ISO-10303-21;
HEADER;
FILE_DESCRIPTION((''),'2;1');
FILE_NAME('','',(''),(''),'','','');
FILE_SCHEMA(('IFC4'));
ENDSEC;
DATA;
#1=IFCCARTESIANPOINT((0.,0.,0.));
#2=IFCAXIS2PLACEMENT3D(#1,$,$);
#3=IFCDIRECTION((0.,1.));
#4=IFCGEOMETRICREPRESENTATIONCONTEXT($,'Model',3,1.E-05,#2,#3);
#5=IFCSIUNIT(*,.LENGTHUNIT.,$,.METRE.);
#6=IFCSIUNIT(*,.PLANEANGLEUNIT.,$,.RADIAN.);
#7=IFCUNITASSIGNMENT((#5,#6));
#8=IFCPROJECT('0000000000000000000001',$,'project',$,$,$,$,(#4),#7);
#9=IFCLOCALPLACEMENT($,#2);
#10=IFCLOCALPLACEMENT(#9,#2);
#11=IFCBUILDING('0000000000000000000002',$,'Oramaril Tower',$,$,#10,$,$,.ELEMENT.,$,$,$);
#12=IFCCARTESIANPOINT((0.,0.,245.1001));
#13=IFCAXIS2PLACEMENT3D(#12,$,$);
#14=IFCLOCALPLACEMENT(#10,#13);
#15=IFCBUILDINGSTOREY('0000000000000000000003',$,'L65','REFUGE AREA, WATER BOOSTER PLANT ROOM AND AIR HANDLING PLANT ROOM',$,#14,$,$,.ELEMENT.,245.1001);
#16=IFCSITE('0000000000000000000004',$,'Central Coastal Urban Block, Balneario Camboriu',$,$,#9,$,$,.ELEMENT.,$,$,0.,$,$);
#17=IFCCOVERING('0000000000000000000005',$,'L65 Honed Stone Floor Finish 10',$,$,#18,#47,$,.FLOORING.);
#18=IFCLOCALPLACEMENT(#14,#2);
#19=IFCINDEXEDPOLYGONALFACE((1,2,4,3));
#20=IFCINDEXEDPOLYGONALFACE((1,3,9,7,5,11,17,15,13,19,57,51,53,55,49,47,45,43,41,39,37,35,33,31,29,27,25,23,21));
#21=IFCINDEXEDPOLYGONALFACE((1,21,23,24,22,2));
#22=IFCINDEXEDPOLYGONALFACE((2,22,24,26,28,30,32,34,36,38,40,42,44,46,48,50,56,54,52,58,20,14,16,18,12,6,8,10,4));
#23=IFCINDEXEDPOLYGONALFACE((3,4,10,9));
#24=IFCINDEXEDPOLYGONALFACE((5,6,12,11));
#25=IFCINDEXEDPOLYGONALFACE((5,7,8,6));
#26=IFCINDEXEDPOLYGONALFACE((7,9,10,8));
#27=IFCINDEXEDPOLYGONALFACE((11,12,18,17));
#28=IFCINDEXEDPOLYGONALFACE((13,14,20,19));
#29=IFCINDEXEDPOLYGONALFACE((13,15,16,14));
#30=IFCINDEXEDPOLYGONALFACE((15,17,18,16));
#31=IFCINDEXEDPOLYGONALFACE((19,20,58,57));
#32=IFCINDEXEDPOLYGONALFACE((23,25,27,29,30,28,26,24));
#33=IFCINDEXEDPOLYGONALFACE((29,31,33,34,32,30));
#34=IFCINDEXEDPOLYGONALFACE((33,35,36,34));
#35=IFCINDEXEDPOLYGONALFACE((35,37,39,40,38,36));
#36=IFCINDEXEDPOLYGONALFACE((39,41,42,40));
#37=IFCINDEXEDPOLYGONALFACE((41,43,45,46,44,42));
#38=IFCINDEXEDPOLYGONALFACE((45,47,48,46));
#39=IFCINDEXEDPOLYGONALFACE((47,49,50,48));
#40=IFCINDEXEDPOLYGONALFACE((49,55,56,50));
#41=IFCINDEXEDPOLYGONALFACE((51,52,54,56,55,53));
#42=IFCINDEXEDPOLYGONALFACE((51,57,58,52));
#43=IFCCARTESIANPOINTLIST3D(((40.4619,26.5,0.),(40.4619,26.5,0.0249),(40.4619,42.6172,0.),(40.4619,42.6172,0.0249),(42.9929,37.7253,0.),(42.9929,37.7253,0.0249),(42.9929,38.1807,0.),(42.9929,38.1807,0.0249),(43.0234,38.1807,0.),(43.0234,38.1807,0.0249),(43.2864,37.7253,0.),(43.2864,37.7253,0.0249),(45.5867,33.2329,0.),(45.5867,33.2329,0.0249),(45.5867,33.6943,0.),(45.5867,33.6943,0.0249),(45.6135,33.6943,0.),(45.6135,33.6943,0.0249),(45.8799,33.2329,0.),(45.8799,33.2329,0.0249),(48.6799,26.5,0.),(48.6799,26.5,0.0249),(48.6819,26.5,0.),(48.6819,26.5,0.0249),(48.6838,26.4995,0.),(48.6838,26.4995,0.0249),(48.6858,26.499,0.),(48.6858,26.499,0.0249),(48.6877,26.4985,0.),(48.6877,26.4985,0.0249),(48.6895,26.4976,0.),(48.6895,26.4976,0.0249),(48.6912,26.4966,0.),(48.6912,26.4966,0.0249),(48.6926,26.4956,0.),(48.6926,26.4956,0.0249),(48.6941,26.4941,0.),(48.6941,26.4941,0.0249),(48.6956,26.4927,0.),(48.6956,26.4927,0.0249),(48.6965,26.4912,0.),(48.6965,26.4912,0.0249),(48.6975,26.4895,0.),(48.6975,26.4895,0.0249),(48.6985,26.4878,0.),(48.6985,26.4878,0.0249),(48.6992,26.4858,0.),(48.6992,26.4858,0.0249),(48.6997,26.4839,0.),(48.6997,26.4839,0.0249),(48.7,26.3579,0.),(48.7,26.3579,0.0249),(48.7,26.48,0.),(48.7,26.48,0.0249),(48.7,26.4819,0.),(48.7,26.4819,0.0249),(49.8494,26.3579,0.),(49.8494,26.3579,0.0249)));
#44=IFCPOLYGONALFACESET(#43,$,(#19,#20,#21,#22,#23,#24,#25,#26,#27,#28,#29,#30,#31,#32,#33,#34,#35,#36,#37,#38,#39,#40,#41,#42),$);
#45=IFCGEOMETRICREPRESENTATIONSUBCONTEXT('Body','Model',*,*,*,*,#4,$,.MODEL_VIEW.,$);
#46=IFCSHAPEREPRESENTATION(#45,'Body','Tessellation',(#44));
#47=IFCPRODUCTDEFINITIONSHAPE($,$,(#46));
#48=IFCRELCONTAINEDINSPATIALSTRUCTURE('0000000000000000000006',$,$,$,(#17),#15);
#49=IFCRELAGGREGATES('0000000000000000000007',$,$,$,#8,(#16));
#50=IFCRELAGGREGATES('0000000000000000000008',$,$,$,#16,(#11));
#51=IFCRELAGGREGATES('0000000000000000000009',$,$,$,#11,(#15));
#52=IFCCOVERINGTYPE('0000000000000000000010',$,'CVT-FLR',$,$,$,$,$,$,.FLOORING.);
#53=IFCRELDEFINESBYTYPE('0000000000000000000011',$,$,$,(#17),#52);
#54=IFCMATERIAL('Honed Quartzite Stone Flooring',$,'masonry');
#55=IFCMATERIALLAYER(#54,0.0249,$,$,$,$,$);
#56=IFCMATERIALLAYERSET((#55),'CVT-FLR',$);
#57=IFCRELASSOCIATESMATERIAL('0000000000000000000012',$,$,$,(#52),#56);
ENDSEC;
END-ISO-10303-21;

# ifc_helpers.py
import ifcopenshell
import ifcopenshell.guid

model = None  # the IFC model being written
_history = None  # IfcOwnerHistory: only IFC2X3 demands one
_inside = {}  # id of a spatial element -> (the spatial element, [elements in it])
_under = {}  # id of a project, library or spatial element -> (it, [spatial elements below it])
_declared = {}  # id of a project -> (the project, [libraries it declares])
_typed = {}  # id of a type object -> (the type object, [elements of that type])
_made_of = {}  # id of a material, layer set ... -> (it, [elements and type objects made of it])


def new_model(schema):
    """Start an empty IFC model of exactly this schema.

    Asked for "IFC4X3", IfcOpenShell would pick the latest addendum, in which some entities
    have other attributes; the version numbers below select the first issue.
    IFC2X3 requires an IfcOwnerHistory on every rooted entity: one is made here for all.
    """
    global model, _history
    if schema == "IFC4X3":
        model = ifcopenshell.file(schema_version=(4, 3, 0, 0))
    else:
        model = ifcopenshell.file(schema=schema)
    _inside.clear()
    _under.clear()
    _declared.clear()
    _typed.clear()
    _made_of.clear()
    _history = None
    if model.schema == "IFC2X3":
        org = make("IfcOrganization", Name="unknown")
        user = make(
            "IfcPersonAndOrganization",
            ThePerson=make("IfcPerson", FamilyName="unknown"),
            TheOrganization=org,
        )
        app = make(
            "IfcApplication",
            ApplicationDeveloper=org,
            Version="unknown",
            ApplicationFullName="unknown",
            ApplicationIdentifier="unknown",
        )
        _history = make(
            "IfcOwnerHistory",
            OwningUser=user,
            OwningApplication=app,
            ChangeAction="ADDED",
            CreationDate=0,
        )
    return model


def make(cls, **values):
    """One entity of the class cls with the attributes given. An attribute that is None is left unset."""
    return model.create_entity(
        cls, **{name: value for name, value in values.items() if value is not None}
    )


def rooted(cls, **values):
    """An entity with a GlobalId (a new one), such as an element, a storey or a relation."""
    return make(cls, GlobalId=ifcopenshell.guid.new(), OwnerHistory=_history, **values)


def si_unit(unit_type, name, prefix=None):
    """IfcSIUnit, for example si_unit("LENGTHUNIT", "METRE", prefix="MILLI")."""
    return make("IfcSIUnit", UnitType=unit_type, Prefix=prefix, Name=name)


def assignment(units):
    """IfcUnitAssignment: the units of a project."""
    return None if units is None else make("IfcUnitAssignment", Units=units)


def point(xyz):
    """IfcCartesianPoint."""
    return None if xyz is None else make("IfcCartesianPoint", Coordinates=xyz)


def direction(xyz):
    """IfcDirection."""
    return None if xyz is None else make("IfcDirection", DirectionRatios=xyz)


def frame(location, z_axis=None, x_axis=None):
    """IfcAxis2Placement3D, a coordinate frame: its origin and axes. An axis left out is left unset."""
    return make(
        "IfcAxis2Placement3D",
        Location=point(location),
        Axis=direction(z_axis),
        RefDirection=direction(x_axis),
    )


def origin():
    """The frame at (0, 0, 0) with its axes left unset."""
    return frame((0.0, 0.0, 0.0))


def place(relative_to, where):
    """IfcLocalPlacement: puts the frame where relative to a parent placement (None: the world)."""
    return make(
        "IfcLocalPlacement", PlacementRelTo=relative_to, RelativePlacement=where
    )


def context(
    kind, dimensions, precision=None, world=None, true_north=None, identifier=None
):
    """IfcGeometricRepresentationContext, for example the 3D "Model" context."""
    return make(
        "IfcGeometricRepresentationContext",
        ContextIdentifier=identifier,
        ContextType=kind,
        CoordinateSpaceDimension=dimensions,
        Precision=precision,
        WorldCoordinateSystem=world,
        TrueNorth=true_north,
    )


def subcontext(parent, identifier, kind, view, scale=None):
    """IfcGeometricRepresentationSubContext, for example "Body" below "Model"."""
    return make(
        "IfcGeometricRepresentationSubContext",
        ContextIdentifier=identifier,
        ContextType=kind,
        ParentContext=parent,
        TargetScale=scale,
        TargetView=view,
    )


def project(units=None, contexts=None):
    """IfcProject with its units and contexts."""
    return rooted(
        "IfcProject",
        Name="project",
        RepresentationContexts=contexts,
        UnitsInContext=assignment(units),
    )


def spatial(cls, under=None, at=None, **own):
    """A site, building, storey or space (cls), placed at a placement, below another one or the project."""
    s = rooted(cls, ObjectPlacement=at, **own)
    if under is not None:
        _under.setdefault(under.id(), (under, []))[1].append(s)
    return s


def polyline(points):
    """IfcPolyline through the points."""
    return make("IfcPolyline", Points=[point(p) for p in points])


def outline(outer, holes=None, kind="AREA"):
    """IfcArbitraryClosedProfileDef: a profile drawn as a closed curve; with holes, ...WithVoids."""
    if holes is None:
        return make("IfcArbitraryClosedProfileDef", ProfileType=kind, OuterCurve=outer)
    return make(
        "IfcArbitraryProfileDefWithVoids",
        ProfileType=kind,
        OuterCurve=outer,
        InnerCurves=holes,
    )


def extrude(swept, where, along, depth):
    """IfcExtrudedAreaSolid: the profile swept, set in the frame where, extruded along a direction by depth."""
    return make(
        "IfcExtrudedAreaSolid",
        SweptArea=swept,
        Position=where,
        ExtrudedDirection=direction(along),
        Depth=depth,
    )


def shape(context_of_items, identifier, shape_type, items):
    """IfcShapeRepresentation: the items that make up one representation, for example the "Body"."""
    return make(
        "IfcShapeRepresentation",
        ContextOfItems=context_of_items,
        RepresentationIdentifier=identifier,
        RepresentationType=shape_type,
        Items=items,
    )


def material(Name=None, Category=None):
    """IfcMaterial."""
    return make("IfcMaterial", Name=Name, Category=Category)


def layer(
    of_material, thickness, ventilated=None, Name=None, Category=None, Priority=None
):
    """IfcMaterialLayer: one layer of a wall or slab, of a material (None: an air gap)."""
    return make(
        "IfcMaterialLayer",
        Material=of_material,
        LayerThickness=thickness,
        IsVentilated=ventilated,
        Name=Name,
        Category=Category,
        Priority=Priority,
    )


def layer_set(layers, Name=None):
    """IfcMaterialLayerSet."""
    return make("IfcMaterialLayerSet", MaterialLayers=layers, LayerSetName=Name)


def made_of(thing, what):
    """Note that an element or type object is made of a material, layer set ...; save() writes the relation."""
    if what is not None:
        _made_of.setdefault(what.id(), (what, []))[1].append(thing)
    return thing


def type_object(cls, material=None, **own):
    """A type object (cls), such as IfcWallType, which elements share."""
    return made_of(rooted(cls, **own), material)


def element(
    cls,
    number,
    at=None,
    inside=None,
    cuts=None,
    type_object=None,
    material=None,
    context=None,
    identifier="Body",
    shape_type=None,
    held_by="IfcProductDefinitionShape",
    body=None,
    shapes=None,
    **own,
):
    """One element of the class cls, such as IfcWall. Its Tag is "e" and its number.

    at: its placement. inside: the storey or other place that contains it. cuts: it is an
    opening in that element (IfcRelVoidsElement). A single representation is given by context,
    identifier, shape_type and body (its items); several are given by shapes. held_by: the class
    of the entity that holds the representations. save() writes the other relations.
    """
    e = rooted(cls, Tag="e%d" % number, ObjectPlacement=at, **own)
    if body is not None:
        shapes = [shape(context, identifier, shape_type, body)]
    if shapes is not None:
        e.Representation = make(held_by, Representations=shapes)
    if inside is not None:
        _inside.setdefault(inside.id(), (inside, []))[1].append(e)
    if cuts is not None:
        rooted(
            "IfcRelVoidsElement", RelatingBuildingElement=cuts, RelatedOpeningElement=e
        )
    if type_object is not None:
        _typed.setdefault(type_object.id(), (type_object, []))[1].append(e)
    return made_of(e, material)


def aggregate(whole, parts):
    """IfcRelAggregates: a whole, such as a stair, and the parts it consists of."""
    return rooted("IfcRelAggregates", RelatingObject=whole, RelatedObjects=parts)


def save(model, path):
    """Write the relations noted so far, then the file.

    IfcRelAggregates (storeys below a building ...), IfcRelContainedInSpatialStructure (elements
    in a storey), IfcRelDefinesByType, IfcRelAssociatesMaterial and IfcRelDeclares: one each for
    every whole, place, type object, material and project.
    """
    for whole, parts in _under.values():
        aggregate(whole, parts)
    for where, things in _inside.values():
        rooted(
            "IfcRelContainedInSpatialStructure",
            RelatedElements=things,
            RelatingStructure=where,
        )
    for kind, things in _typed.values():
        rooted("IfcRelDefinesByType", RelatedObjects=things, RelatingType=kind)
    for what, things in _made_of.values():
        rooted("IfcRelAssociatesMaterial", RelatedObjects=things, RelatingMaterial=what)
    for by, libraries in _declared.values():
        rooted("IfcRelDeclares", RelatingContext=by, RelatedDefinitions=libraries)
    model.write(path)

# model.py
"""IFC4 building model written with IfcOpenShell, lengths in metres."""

from ifc_helpers import new_model, si_unit, direction, frame, origin, place, context, subcontext, project, spatial, polyline, outline, extrude, material, layer, layer_set, type_object, element, save


model = new_model("IFC4")

# Units and contexts
model_context = context("Model", 3, precision=1e-05, world=origin(), true_north=direction((0.0, 1.0)))
body_context = subcontext(model_context, "Body", "Model", "MODEL_VIEW")
ifc_project = project(units=[si_unit("LENGTHUNIT", "METRE"), si_unit("PLANEANGLEUNIT", "RADIAN")], contexts=[model_context])

# Site, building, storey
site_placement = place(None, origin())
site = spatial("IfcSite", under=ifc_project, at=site_placement, Name="Central Coastal Urban Block, Balneario Camboriu", CompositionType="ELEMENT", RefElevation=0.0)
building_placement = place(site_placement, origin())
building = spatial("IfcBuilding", under=site, at=building_placement, Name="Oramaril Tower", CompositionType="ELEMENT")
storey_placement = place(building_placement, frame((0.0, 0.0, 245.1001)))
storey = spatial("IfcBuildingStorey", under=building, at=storey_placement, Name="L65", Description="REFUGE AREA, WATER BOOSTER PLANT ROOM AND AIR HANDLING PLANT ROOM", CompositionType="ELEMENT", Elevation=245.1001)

# Covering
ifc_material_1 = material(Name="Honed Quartzite Stone Flooring", Category="masonry")
ifc_layer_1 = layer(ifc_material_1, 0.0249)
ifc_layer_set_1 = layer_set([ifc_layer_1], Name="CVT-FLR")
covering_type_1 = type_object("IfcCoveringType", Name="CVT-FLR", PredefinedType="FLOORING", material=ifc_layer_set_1)
covering_1_placement = place(storey_placement, origin())
element("IfcCovering", 1, at=covering_1_placement, inside=storey, type_object=covering_type_1, Name="L65 Honed Stone Floor Finish 10", PredefinedType="FLOORING", context=body_context, shape_type="SweptSolid", body=[
    extrude(outline(polyline([(43.0234, 38.1807), (42.9929, 38.1807), (42.9929, 37.7253), (43.2864, 37.7253), (45.6135, 33.6943), (45.5867, 33.6943), (45.5867, 33.2329), (45.8799, 33.2329), (49.8494, 26.3579), (48.7, 26.3579), (48.7, 26.48), (48.7, 26.4819), (48.6997, 26.4839), (48.6992, 26.4858), (48.6985, 26.4878), (48.6975, 26.4895), (48.6965, 26.4912), (48.6956, 26.4927), (48.6941, 26.4941), (48.6926, 26.4956), (48.6912, 26.4966), (48.6895, 26.4976), (48.6877, 26.4985), (48.6858, 26.499), (48.6838, 26.4995), (48.6819, 26.5), (48.6799, 26.5), (40.4619, 26.5), (40.4619, 42.6172), (43.0234, 38.1807)])), origin(), (0.0, 0.0, 1.0), 0.0249),
])

save(model, "model.ifc")
